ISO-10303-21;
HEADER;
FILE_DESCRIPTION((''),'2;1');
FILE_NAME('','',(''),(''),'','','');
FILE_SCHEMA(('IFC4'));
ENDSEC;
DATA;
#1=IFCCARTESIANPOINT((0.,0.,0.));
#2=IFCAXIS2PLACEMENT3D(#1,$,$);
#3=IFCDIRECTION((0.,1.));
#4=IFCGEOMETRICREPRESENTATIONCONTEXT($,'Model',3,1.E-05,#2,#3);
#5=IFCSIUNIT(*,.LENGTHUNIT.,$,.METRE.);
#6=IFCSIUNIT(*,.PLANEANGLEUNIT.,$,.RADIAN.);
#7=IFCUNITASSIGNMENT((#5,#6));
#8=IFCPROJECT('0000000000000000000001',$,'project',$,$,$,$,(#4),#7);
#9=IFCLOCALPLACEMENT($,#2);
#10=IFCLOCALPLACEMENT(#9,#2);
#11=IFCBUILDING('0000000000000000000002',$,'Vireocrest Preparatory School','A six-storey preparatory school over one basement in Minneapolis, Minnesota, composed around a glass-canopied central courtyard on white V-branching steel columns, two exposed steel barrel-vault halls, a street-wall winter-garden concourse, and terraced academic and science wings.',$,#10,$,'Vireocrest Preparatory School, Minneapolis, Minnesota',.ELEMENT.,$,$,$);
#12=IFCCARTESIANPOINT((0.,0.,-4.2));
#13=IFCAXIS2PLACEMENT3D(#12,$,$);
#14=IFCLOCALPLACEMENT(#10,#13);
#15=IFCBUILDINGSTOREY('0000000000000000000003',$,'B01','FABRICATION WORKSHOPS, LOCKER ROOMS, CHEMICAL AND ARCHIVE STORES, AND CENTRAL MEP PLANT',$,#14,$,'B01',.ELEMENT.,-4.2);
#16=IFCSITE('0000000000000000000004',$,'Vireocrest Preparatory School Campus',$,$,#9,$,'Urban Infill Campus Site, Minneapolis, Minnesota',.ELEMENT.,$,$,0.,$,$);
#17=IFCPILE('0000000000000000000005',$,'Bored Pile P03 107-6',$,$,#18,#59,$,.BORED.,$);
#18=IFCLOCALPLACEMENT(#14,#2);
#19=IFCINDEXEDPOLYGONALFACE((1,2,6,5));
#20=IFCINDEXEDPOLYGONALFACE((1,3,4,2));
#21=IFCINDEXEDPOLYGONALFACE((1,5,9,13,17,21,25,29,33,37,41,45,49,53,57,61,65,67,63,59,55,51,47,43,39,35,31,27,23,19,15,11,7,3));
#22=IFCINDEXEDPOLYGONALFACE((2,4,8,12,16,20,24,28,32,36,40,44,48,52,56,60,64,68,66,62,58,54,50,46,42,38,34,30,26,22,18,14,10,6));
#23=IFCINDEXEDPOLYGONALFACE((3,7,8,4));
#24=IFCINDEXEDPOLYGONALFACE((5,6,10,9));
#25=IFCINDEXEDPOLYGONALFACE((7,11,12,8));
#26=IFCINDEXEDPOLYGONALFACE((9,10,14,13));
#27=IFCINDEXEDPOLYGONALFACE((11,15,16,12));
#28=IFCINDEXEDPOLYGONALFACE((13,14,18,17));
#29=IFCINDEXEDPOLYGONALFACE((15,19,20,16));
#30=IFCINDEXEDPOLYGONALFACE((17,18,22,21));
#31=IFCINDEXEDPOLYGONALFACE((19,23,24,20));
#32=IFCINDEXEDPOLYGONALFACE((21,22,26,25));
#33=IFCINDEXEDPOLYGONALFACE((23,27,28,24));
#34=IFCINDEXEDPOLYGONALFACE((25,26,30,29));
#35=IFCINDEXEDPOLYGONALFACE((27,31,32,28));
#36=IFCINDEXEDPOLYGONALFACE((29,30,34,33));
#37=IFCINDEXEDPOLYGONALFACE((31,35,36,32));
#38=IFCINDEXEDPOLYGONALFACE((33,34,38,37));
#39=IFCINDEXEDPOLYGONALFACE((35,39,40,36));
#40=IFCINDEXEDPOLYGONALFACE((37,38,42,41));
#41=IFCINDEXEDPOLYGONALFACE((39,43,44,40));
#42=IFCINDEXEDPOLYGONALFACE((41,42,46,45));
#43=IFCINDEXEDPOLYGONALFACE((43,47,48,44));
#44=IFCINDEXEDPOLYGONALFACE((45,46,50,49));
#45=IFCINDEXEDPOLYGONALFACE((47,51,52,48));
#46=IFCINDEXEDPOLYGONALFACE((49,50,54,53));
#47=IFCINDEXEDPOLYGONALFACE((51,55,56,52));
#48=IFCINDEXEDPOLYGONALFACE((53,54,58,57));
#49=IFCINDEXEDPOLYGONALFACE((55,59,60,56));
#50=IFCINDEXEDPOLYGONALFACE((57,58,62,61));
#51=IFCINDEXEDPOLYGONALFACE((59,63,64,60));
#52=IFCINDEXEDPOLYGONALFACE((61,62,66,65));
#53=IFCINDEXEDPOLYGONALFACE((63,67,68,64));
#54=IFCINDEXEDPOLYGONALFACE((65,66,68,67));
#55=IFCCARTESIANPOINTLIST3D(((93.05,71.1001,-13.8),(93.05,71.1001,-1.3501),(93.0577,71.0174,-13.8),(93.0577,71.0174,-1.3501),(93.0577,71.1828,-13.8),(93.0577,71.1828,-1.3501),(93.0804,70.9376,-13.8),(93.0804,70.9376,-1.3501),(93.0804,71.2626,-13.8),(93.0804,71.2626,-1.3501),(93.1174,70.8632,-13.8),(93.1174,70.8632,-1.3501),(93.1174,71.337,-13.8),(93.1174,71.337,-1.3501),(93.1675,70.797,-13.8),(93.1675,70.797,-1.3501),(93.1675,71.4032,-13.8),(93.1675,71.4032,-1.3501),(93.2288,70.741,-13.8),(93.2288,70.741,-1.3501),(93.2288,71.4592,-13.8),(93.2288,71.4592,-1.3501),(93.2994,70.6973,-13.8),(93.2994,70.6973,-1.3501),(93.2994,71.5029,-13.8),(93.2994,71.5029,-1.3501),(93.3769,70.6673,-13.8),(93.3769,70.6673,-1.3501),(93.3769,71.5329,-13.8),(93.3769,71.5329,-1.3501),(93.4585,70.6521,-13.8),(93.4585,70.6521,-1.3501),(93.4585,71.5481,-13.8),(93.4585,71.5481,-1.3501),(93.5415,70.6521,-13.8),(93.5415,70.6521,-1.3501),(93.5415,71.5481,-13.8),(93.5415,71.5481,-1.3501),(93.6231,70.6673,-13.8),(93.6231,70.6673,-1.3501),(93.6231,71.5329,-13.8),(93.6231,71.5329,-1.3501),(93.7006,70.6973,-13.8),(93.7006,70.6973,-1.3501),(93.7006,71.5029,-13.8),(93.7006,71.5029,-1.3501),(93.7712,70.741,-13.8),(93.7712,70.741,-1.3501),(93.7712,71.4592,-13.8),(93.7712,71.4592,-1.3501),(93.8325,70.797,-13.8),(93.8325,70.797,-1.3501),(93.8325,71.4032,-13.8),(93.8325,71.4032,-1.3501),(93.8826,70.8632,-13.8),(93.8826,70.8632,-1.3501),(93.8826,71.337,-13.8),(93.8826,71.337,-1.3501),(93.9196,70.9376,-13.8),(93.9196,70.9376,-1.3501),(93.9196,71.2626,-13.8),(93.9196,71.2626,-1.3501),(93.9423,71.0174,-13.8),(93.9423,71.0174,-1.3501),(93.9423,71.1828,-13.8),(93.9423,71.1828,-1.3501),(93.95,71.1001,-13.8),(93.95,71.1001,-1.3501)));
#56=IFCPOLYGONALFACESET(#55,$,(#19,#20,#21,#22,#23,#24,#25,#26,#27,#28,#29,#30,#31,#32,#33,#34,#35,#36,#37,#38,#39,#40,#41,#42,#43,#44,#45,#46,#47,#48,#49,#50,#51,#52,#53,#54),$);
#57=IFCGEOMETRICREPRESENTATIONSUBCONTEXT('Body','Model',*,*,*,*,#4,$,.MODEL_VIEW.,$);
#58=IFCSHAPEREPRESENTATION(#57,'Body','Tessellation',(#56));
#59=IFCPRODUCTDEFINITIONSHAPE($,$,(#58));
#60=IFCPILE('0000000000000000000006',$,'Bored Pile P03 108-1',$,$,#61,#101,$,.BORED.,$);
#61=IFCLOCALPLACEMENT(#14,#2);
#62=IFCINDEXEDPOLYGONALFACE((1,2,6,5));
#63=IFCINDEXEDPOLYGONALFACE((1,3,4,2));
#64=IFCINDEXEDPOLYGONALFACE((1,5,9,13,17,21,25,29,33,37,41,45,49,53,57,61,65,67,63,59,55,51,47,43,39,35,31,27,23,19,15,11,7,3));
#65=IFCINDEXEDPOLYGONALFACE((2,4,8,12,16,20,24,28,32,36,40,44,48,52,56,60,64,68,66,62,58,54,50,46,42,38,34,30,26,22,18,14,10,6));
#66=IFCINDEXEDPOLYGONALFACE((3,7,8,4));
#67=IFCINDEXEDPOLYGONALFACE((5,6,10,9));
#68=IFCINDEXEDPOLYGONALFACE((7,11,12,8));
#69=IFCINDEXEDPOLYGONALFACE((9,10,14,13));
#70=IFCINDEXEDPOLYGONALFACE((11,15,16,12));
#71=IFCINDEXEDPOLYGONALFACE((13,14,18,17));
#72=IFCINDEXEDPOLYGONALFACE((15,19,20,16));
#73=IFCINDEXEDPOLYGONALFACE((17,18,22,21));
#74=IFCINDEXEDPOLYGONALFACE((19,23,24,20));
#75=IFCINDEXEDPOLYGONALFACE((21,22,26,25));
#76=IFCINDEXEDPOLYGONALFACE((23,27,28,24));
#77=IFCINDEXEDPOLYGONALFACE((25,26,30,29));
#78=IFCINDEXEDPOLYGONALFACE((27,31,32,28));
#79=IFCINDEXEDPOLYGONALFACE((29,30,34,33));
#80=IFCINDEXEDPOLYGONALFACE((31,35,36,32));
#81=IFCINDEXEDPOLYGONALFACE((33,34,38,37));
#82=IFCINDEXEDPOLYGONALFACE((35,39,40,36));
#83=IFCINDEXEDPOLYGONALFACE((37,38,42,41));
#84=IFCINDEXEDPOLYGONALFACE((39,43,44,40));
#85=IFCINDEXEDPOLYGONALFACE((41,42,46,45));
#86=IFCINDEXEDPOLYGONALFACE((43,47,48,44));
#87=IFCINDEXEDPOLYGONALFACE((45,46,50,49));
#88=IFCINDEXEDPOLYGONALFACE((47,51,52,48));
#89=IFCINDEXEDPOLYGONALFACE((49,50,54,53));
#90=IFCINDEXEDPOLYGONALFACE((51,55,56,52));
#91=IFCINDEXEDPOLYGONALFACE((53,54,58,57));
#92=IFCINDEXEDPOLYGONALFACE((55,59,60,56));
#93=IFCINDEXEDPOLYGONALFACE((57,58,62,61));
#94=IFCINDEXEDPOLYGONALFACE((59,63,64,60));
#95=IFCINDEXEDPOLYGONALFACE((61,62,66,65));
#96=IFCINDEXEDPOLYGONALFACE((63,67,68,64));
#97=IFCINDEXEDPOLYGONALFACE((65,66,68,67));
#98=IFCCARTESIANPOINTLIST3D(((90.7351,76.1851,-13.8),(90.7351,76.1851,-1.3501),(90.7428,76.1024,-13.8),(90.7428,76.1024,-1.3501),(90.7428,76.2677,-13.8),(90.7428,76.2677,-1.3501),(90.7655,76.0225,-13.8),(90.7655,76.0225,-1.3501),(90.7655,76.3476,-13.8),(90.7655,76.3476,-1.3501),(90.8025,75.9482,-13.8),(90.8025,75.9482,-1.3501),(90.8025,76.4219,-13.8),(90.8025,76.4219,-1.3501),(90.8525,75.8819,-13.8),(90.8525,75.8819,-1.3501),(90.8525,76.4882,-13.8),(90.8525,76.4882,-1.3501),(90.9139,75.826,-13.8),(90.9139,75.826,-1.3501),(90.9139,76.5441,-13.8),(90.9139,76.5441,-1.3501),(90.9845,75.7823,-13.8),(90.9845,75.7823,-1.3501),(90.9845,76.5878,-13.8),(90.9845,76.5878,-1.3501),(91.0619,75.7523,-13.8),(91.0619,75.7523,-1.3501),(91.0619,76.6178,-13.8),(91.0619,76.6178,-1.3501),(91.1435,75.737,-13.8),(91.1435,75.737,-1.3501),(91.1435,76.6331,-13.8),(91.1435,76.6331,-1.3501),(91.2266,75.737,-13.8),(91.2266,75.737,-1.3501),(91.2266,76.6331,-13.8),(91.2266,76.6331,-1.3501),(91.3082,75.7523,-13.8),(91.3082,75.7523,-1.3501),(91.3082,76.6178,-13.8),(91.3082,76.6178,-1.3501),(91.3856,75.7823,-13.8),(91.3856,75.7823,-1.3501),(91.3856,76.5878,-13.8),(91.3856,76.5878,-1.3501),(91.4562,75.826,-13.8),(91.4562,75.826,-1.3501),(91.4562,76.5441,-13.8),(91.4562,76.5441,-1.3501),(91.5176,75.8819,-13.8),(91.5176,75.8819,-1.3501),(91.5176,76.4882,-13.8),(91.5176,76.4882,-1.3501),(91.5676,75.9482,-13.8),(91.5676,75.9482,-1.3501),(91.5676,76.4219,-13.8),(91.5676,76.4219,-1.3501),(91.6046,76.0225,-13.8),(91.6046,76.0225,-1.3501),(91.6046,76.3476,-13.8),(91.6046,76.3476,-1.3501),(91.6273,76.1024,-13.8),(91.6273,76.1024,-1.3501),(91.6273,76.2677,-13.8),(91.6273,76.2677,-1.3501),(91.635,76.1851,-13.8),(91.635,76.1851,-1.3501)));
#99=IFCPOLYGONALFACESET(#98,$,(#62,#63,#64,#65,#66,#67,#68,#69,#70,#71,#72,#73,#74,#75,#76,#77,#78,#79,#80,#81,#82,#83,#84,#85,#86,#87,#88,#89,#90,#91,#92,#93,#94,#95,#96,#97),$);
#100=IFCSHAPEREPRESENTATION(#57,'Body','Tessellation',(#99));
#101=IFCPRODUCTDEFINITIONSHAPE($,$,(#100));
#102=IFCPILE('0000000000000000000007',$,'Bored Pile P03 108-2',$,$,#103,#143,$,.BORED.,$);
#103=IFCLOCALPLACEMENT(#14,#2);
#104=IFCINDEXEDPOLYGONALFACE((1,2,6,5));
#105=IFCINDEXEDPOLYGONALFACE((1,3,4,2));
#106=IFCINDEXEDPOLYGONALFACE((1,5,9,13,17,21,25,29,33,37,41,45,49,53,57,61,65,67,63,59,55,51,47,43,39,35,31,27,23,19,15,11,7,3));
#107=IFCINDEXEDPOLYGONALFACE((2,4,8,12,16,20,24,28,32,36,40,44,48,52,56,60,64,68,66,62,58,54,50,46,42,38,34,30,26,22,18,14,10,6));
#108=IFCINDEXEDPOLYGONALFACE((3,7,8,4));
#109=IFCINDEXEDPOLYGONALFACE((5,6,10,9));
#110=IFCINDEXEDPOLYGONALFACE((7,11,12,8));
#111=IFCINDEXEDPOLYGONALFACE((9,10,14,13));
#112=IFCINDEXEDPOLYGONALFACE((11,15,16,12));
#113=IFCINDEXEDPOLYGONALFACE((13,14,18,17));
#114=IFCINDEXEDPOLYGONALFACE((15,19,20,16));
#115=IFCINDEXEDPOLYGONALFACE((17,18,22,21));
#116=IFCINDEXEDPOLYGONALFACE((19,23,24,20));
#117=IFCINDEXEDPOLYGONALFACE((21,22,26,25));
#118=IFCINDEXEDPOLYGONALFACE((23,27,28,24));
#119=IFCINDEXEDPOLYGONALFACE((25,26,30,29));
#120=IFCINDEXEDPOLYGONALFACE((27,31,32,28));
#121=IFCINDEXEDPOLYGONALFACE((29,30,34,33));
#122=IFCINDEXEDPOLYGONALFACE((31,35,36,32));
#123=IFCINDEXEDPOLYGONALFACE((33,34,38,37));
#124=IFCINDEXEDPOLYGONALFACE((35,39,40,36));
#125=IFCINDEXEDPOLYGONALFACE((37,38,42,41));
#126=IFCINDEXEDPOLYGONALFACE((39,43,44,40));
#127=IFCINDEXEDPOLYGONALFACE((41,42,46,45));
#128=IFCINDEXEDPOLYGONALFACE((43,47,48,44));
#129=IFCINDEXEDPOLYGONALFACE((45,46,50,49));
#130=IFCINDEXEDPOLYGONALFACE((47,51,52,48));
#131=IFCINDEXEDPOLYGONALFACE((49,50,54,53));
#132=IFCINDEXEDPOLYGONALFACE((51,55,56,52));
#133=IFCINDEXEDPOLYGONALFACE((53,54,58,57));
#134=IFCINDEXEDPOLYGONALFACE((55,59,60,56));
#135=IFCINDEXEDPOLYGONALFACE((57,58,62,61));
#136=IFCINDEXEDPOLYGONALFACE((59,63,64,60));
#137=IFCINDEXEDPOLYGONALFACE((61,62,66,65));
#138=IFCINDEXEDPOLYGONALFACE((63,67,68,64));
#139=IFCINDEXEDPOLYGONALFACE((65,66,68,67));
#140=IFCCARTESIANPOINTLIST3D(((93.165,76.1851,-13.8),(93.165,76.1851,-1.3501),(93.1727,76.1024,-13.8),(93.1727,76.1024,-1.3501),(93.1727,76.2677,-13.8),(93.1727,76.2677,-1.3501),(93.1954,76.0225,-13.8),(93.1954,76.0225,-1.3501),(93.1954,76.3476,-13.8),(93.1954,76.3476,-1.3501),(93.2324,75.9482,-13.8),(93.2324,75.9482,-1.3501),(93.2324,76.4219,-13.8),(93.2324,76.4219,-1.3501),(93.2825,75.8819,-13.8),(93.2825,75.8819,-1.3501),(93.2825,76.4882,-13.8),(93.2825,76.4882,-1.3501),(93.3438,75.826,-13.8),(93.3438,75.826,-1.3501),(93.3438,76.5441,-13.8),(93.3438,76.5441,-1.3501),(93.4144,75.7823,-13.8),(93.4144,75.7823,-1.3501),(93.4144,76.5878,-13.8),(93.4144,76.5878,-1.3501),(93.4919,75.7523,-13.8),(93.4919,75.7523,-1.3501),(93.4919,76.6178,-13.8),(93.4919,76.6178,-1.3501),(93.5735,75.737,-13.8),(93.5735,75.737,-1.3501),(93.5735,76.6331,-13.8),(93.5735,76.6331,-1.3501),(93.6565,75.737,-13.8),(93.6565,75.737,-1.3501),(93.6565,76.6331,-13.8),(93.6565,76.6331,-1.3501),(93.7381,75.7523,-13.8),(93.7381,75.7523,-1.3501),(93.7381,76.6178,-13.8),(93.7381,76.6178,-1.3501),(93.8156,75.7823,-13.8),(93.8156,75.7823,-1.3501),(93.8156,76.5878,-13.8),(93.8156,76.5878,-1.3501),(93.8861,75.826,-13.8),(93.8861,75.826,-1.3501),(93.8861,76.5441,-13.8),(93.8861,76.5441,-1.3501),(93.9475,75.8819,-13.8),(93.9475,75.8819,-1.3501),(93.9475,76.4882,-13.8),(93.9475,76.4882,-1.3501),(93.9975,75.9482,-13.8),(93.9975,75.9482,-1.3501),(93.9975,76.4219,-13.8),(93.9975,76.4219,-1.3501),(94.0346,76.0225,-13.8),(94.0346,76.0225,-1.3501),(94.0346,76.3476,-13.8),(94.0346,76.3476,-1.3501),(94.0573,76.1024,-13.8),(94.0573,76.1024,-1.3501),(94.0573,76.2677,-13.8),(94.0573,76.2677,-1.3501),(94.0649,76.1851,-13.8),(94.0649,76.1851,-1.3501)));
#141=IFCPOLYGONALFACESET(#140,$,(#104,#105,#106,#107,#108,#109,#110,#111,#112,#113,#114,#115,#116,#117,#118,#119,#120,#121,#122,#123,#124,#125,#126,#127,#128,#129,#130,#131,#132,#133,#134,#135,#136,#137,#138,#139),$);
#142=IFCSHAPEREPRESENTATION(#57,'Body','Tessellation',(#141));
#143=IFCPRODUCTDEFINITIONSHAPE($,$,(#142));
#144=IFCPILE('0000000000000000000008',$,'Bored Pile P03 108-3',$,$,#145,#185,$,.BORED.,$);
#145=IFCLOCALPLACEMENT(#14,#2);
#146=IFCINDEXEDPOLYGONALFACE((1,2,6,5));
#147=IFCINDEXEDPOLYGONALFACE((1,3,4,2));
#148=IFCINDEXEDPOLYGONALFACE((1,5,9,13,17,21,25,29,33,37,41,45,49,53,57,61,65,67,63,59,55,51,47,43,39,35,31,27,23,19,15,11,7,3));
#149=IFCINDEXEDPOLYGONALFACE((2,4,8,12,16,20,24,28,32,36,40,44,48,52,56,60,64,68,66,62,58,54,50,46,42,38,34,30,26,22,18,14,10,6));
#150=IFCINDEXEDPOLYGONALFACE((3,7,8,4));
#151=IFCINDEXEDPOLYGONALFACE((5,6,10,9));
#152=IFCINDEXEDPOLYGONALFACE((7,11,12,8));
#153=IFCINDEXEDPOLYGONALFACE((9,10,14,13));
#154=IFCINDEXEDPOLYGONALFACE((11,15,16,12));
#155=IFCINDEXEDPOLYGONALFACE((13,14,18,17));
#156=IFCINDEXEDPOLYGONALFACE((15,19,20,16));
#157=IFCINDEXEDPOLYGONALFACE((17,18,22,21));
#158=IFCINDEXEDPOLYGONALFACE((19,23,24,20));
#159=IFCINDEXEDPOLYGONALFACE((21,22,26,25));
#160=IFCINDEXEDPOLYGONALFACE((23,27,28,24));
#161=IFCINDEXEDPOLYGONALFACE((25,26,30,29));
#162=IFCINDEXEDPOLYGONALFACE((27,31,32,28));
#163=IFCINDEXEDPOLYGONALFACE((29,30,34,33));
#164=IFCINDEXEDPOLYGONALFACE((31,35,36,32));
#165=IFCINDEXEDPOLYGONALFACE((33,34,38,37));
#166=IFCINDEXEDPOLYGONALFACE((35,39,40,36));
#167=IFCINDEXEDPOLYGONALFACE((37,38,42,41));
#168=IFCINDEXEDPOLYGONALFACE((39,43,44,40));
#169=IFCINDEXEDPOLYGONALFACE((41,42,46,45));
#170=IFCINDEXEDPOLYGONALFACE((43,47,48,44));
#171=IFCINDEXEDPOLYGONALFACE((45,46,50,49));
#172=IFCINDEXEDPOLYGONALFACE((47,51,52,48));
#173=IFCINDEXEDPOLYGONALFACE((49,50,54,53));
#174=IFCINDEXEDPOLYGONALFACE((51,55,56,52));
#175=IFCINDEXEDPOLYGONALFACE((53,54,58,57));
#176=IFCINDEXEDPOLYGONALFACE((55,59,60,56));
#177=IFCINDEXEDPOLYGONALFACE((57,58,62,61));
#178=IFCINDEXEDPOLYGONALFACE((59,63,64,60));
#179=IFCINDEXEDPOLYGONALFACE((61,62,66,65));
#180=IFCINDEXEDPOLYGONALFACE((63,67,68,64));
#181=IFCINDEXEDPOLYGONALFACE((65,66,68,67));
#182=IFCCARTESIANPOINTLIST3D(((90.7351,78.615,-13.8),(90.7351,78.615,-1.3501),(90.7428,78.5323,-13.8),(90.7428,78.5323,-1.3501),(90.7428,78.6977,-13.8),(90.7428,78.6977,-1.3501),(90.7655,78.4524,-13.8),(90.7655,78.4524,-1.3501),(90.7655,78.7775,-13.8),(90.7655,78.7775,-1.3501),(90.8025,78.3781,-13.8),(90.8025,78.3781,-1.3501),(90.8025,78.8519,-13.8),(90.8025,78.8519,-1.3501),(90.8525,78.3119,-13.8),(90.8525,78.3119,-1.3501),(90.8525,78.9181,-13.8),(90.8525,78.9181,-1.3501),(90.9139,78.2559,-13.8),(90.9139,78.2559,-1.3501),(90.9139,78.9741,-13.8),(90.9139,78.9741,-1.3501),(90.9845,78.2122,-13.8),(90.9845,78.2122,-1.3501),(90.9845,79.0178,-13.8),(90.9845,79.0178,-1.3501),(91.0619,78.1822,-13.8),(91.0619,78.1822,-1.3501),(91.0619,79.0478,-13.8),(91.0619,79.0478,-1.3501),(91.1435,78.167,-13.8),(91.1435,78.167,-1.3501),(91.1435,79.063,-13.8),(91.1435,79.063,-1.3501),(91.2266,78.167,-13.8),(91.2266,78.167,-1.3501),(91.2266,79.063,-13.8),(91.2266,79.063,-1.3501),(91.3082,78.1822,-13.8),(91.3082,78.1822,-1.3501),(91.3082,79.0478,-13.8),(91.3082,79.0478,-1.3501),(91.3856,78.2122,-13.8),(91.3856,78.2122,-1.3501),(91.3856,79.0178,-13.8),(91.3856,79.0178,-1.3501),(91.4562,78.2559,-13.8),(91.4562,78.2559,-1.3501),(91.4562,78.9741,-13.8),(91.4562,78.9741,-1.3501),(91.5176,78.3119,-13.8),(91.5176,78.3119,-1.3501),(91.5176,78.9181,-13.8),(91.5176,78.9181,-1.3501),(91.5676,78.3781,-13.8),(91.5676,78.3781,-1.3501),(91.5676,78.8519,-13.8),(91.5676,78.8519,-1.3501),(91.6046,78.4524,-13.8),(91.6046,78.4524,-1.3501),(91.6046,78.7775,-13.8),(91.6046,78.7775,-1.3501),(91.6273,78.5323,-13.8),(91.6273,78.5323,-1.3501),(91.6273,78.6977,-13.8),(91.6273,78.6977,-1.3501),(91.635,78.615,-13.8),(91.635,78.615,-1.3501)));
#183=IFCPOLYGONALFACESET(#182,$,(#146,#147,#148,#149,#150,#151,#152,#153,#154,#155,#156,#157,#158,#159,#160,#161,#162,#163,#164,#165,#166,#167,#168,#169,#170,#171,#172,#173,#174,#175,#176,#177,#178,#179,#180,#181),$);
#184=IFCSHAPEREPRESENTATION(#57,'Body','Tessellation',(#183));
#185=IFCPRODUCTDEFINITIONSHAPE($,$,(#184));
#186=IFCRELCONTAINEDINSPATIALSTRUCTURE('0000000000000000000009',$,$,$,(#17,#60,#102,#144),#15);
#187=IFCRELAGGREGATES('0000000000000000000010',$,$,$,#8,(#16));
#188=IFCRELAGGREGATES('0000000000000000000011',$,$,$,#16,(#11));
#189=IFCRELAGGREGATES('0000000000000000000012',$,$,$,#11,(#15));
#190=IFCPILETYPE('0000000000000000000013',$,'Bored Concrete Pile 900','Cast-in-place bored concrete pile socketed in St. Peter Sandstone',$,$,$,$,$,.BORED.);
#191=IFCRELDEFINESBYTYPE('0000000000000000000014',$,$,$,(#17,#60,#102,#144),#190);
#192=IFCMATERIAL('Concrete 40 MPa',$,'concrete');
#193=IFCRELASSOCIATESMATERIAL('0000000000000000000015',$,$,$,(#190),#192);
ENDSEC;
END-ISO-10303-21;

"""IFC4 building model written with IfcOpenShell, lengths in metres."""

from ifc_helpers import new_model, si_unit, direction, frame, origin, origin_2d, place, context, subcontext, project, spatial, circle, extrude, material, material_profile, profile_set, type_object, element, save


model = new_model("IFC4")

# Units and contexts
model_context = context("Model", 3, precision=1e-05, world=origin(), true_north=direction((0.0, 1.0)))
body_context = subcontext(model_context, "Body", "Model", "MODEL_VIEW")
ifc_project = project(units=[si_unit("LENGTHUNIT", "METRE"), si_unit("PLANEANGLEUNIT", "RADIAN")], contexts=[model_context])

# Site, building, storey
site_placement = place(None, origin())
site = spatial("IfcSite", under=ifc_project, at=site_placement, Name="Vireocrest Preparatory School Campus", LongName="Urban Infill Campus Site, Minneapolis, Minnesota", CompositionType="ELEMENT", RefElevation=0.0)
building_placement = place(site_placement, origin())
building = spatial("IfcBuilding", under=site, at=building_placement, Name="Vireocrest Preparatory School", Description="A six-storey preparatory school over one basement in Minneapolis, Minnesota, composed around a glass-canopied central courtyard on white V-branching steel columns, two exposed steel barrel-vault halls, a street-wall winter-garden concourse, and terraced academic and science wings.", LongName="Vireocrest Preparatory School, Minneapolis, Minnesota", CompositionType="ELEMENT")
storey_placement = place(building_placement, frame((0.0, 0.0, -4.2)))
storey = spatial("IfcBuildingStorey", under=building, at=storey_placement, Name="B01", Description="FABRICATION WORKSHOPS, LOCKER ROOMS, CHEMICAL AND ARCHIVE STORES, AND CENTRAL MEP PLANT", LongName="B01", CompositionType="ELEMENT", Elevation=-4.2)

# Piles
ifc_material_1 = material(Name="Concrete 40 MPa", Category="concrete")
ifc_material_profile_1 = material_profile(ifc_material_1, circle(Radius=0.45, at=origin_2d()), Name="BORED PILE 900")
ifc_profile_set_1 = profile_set([ifc_material_profile_1], Name="Concrete 40 MPa")
pile_type_1 = type_object("IfcPileType", Name="Bored Concrete Pile 900", Description="Cast-in-place bored concrete pile socketed in St. Peter Sandstone", PredefinedType="BORED", material=ifc_profile_set_1)
for number, where, z_axis, x_axis, name in (
    (1, (93.5, 71.1001, -1.3501), (0.0, 0.0, -1.0), (1.0, 0.0, 0.0), "Bored Pile P03 107-6"),
    (2, (91.1851, 76.1851, -1.3501), (0.0, 0.0, -1.0), (1.0, 0.0, 0.0), "Bored Pile P03 108-1"),
    (3, (93.615, 76.1851, -1.3501), (0.0, 0.0, -1.0), (1.0, 0.0, 0.0), "Bored Pile P03 108-2"),
    (4, (91.1851, 78.615, -1.3501), (0.0, 0.0, -1.0), (1.0, 0.0, 0.0), "Bored Pile P03 108-3"),
):
    element("IfcPile", number, at=place(storey_placement, frame(where, z_axis=z_axis, x_axis=x_axis)), inside=storey, type_object=pile_type_1, Name=name, PredefinedType="BORED", context=body_context, shape_type="SweptSolid", body=[
        extrude(circle(Radius=0.45, at=origin_2d()), origin(), (0.0, 0.0, 1.0), 12.45),
    ])

save(model, "model.ifc")
